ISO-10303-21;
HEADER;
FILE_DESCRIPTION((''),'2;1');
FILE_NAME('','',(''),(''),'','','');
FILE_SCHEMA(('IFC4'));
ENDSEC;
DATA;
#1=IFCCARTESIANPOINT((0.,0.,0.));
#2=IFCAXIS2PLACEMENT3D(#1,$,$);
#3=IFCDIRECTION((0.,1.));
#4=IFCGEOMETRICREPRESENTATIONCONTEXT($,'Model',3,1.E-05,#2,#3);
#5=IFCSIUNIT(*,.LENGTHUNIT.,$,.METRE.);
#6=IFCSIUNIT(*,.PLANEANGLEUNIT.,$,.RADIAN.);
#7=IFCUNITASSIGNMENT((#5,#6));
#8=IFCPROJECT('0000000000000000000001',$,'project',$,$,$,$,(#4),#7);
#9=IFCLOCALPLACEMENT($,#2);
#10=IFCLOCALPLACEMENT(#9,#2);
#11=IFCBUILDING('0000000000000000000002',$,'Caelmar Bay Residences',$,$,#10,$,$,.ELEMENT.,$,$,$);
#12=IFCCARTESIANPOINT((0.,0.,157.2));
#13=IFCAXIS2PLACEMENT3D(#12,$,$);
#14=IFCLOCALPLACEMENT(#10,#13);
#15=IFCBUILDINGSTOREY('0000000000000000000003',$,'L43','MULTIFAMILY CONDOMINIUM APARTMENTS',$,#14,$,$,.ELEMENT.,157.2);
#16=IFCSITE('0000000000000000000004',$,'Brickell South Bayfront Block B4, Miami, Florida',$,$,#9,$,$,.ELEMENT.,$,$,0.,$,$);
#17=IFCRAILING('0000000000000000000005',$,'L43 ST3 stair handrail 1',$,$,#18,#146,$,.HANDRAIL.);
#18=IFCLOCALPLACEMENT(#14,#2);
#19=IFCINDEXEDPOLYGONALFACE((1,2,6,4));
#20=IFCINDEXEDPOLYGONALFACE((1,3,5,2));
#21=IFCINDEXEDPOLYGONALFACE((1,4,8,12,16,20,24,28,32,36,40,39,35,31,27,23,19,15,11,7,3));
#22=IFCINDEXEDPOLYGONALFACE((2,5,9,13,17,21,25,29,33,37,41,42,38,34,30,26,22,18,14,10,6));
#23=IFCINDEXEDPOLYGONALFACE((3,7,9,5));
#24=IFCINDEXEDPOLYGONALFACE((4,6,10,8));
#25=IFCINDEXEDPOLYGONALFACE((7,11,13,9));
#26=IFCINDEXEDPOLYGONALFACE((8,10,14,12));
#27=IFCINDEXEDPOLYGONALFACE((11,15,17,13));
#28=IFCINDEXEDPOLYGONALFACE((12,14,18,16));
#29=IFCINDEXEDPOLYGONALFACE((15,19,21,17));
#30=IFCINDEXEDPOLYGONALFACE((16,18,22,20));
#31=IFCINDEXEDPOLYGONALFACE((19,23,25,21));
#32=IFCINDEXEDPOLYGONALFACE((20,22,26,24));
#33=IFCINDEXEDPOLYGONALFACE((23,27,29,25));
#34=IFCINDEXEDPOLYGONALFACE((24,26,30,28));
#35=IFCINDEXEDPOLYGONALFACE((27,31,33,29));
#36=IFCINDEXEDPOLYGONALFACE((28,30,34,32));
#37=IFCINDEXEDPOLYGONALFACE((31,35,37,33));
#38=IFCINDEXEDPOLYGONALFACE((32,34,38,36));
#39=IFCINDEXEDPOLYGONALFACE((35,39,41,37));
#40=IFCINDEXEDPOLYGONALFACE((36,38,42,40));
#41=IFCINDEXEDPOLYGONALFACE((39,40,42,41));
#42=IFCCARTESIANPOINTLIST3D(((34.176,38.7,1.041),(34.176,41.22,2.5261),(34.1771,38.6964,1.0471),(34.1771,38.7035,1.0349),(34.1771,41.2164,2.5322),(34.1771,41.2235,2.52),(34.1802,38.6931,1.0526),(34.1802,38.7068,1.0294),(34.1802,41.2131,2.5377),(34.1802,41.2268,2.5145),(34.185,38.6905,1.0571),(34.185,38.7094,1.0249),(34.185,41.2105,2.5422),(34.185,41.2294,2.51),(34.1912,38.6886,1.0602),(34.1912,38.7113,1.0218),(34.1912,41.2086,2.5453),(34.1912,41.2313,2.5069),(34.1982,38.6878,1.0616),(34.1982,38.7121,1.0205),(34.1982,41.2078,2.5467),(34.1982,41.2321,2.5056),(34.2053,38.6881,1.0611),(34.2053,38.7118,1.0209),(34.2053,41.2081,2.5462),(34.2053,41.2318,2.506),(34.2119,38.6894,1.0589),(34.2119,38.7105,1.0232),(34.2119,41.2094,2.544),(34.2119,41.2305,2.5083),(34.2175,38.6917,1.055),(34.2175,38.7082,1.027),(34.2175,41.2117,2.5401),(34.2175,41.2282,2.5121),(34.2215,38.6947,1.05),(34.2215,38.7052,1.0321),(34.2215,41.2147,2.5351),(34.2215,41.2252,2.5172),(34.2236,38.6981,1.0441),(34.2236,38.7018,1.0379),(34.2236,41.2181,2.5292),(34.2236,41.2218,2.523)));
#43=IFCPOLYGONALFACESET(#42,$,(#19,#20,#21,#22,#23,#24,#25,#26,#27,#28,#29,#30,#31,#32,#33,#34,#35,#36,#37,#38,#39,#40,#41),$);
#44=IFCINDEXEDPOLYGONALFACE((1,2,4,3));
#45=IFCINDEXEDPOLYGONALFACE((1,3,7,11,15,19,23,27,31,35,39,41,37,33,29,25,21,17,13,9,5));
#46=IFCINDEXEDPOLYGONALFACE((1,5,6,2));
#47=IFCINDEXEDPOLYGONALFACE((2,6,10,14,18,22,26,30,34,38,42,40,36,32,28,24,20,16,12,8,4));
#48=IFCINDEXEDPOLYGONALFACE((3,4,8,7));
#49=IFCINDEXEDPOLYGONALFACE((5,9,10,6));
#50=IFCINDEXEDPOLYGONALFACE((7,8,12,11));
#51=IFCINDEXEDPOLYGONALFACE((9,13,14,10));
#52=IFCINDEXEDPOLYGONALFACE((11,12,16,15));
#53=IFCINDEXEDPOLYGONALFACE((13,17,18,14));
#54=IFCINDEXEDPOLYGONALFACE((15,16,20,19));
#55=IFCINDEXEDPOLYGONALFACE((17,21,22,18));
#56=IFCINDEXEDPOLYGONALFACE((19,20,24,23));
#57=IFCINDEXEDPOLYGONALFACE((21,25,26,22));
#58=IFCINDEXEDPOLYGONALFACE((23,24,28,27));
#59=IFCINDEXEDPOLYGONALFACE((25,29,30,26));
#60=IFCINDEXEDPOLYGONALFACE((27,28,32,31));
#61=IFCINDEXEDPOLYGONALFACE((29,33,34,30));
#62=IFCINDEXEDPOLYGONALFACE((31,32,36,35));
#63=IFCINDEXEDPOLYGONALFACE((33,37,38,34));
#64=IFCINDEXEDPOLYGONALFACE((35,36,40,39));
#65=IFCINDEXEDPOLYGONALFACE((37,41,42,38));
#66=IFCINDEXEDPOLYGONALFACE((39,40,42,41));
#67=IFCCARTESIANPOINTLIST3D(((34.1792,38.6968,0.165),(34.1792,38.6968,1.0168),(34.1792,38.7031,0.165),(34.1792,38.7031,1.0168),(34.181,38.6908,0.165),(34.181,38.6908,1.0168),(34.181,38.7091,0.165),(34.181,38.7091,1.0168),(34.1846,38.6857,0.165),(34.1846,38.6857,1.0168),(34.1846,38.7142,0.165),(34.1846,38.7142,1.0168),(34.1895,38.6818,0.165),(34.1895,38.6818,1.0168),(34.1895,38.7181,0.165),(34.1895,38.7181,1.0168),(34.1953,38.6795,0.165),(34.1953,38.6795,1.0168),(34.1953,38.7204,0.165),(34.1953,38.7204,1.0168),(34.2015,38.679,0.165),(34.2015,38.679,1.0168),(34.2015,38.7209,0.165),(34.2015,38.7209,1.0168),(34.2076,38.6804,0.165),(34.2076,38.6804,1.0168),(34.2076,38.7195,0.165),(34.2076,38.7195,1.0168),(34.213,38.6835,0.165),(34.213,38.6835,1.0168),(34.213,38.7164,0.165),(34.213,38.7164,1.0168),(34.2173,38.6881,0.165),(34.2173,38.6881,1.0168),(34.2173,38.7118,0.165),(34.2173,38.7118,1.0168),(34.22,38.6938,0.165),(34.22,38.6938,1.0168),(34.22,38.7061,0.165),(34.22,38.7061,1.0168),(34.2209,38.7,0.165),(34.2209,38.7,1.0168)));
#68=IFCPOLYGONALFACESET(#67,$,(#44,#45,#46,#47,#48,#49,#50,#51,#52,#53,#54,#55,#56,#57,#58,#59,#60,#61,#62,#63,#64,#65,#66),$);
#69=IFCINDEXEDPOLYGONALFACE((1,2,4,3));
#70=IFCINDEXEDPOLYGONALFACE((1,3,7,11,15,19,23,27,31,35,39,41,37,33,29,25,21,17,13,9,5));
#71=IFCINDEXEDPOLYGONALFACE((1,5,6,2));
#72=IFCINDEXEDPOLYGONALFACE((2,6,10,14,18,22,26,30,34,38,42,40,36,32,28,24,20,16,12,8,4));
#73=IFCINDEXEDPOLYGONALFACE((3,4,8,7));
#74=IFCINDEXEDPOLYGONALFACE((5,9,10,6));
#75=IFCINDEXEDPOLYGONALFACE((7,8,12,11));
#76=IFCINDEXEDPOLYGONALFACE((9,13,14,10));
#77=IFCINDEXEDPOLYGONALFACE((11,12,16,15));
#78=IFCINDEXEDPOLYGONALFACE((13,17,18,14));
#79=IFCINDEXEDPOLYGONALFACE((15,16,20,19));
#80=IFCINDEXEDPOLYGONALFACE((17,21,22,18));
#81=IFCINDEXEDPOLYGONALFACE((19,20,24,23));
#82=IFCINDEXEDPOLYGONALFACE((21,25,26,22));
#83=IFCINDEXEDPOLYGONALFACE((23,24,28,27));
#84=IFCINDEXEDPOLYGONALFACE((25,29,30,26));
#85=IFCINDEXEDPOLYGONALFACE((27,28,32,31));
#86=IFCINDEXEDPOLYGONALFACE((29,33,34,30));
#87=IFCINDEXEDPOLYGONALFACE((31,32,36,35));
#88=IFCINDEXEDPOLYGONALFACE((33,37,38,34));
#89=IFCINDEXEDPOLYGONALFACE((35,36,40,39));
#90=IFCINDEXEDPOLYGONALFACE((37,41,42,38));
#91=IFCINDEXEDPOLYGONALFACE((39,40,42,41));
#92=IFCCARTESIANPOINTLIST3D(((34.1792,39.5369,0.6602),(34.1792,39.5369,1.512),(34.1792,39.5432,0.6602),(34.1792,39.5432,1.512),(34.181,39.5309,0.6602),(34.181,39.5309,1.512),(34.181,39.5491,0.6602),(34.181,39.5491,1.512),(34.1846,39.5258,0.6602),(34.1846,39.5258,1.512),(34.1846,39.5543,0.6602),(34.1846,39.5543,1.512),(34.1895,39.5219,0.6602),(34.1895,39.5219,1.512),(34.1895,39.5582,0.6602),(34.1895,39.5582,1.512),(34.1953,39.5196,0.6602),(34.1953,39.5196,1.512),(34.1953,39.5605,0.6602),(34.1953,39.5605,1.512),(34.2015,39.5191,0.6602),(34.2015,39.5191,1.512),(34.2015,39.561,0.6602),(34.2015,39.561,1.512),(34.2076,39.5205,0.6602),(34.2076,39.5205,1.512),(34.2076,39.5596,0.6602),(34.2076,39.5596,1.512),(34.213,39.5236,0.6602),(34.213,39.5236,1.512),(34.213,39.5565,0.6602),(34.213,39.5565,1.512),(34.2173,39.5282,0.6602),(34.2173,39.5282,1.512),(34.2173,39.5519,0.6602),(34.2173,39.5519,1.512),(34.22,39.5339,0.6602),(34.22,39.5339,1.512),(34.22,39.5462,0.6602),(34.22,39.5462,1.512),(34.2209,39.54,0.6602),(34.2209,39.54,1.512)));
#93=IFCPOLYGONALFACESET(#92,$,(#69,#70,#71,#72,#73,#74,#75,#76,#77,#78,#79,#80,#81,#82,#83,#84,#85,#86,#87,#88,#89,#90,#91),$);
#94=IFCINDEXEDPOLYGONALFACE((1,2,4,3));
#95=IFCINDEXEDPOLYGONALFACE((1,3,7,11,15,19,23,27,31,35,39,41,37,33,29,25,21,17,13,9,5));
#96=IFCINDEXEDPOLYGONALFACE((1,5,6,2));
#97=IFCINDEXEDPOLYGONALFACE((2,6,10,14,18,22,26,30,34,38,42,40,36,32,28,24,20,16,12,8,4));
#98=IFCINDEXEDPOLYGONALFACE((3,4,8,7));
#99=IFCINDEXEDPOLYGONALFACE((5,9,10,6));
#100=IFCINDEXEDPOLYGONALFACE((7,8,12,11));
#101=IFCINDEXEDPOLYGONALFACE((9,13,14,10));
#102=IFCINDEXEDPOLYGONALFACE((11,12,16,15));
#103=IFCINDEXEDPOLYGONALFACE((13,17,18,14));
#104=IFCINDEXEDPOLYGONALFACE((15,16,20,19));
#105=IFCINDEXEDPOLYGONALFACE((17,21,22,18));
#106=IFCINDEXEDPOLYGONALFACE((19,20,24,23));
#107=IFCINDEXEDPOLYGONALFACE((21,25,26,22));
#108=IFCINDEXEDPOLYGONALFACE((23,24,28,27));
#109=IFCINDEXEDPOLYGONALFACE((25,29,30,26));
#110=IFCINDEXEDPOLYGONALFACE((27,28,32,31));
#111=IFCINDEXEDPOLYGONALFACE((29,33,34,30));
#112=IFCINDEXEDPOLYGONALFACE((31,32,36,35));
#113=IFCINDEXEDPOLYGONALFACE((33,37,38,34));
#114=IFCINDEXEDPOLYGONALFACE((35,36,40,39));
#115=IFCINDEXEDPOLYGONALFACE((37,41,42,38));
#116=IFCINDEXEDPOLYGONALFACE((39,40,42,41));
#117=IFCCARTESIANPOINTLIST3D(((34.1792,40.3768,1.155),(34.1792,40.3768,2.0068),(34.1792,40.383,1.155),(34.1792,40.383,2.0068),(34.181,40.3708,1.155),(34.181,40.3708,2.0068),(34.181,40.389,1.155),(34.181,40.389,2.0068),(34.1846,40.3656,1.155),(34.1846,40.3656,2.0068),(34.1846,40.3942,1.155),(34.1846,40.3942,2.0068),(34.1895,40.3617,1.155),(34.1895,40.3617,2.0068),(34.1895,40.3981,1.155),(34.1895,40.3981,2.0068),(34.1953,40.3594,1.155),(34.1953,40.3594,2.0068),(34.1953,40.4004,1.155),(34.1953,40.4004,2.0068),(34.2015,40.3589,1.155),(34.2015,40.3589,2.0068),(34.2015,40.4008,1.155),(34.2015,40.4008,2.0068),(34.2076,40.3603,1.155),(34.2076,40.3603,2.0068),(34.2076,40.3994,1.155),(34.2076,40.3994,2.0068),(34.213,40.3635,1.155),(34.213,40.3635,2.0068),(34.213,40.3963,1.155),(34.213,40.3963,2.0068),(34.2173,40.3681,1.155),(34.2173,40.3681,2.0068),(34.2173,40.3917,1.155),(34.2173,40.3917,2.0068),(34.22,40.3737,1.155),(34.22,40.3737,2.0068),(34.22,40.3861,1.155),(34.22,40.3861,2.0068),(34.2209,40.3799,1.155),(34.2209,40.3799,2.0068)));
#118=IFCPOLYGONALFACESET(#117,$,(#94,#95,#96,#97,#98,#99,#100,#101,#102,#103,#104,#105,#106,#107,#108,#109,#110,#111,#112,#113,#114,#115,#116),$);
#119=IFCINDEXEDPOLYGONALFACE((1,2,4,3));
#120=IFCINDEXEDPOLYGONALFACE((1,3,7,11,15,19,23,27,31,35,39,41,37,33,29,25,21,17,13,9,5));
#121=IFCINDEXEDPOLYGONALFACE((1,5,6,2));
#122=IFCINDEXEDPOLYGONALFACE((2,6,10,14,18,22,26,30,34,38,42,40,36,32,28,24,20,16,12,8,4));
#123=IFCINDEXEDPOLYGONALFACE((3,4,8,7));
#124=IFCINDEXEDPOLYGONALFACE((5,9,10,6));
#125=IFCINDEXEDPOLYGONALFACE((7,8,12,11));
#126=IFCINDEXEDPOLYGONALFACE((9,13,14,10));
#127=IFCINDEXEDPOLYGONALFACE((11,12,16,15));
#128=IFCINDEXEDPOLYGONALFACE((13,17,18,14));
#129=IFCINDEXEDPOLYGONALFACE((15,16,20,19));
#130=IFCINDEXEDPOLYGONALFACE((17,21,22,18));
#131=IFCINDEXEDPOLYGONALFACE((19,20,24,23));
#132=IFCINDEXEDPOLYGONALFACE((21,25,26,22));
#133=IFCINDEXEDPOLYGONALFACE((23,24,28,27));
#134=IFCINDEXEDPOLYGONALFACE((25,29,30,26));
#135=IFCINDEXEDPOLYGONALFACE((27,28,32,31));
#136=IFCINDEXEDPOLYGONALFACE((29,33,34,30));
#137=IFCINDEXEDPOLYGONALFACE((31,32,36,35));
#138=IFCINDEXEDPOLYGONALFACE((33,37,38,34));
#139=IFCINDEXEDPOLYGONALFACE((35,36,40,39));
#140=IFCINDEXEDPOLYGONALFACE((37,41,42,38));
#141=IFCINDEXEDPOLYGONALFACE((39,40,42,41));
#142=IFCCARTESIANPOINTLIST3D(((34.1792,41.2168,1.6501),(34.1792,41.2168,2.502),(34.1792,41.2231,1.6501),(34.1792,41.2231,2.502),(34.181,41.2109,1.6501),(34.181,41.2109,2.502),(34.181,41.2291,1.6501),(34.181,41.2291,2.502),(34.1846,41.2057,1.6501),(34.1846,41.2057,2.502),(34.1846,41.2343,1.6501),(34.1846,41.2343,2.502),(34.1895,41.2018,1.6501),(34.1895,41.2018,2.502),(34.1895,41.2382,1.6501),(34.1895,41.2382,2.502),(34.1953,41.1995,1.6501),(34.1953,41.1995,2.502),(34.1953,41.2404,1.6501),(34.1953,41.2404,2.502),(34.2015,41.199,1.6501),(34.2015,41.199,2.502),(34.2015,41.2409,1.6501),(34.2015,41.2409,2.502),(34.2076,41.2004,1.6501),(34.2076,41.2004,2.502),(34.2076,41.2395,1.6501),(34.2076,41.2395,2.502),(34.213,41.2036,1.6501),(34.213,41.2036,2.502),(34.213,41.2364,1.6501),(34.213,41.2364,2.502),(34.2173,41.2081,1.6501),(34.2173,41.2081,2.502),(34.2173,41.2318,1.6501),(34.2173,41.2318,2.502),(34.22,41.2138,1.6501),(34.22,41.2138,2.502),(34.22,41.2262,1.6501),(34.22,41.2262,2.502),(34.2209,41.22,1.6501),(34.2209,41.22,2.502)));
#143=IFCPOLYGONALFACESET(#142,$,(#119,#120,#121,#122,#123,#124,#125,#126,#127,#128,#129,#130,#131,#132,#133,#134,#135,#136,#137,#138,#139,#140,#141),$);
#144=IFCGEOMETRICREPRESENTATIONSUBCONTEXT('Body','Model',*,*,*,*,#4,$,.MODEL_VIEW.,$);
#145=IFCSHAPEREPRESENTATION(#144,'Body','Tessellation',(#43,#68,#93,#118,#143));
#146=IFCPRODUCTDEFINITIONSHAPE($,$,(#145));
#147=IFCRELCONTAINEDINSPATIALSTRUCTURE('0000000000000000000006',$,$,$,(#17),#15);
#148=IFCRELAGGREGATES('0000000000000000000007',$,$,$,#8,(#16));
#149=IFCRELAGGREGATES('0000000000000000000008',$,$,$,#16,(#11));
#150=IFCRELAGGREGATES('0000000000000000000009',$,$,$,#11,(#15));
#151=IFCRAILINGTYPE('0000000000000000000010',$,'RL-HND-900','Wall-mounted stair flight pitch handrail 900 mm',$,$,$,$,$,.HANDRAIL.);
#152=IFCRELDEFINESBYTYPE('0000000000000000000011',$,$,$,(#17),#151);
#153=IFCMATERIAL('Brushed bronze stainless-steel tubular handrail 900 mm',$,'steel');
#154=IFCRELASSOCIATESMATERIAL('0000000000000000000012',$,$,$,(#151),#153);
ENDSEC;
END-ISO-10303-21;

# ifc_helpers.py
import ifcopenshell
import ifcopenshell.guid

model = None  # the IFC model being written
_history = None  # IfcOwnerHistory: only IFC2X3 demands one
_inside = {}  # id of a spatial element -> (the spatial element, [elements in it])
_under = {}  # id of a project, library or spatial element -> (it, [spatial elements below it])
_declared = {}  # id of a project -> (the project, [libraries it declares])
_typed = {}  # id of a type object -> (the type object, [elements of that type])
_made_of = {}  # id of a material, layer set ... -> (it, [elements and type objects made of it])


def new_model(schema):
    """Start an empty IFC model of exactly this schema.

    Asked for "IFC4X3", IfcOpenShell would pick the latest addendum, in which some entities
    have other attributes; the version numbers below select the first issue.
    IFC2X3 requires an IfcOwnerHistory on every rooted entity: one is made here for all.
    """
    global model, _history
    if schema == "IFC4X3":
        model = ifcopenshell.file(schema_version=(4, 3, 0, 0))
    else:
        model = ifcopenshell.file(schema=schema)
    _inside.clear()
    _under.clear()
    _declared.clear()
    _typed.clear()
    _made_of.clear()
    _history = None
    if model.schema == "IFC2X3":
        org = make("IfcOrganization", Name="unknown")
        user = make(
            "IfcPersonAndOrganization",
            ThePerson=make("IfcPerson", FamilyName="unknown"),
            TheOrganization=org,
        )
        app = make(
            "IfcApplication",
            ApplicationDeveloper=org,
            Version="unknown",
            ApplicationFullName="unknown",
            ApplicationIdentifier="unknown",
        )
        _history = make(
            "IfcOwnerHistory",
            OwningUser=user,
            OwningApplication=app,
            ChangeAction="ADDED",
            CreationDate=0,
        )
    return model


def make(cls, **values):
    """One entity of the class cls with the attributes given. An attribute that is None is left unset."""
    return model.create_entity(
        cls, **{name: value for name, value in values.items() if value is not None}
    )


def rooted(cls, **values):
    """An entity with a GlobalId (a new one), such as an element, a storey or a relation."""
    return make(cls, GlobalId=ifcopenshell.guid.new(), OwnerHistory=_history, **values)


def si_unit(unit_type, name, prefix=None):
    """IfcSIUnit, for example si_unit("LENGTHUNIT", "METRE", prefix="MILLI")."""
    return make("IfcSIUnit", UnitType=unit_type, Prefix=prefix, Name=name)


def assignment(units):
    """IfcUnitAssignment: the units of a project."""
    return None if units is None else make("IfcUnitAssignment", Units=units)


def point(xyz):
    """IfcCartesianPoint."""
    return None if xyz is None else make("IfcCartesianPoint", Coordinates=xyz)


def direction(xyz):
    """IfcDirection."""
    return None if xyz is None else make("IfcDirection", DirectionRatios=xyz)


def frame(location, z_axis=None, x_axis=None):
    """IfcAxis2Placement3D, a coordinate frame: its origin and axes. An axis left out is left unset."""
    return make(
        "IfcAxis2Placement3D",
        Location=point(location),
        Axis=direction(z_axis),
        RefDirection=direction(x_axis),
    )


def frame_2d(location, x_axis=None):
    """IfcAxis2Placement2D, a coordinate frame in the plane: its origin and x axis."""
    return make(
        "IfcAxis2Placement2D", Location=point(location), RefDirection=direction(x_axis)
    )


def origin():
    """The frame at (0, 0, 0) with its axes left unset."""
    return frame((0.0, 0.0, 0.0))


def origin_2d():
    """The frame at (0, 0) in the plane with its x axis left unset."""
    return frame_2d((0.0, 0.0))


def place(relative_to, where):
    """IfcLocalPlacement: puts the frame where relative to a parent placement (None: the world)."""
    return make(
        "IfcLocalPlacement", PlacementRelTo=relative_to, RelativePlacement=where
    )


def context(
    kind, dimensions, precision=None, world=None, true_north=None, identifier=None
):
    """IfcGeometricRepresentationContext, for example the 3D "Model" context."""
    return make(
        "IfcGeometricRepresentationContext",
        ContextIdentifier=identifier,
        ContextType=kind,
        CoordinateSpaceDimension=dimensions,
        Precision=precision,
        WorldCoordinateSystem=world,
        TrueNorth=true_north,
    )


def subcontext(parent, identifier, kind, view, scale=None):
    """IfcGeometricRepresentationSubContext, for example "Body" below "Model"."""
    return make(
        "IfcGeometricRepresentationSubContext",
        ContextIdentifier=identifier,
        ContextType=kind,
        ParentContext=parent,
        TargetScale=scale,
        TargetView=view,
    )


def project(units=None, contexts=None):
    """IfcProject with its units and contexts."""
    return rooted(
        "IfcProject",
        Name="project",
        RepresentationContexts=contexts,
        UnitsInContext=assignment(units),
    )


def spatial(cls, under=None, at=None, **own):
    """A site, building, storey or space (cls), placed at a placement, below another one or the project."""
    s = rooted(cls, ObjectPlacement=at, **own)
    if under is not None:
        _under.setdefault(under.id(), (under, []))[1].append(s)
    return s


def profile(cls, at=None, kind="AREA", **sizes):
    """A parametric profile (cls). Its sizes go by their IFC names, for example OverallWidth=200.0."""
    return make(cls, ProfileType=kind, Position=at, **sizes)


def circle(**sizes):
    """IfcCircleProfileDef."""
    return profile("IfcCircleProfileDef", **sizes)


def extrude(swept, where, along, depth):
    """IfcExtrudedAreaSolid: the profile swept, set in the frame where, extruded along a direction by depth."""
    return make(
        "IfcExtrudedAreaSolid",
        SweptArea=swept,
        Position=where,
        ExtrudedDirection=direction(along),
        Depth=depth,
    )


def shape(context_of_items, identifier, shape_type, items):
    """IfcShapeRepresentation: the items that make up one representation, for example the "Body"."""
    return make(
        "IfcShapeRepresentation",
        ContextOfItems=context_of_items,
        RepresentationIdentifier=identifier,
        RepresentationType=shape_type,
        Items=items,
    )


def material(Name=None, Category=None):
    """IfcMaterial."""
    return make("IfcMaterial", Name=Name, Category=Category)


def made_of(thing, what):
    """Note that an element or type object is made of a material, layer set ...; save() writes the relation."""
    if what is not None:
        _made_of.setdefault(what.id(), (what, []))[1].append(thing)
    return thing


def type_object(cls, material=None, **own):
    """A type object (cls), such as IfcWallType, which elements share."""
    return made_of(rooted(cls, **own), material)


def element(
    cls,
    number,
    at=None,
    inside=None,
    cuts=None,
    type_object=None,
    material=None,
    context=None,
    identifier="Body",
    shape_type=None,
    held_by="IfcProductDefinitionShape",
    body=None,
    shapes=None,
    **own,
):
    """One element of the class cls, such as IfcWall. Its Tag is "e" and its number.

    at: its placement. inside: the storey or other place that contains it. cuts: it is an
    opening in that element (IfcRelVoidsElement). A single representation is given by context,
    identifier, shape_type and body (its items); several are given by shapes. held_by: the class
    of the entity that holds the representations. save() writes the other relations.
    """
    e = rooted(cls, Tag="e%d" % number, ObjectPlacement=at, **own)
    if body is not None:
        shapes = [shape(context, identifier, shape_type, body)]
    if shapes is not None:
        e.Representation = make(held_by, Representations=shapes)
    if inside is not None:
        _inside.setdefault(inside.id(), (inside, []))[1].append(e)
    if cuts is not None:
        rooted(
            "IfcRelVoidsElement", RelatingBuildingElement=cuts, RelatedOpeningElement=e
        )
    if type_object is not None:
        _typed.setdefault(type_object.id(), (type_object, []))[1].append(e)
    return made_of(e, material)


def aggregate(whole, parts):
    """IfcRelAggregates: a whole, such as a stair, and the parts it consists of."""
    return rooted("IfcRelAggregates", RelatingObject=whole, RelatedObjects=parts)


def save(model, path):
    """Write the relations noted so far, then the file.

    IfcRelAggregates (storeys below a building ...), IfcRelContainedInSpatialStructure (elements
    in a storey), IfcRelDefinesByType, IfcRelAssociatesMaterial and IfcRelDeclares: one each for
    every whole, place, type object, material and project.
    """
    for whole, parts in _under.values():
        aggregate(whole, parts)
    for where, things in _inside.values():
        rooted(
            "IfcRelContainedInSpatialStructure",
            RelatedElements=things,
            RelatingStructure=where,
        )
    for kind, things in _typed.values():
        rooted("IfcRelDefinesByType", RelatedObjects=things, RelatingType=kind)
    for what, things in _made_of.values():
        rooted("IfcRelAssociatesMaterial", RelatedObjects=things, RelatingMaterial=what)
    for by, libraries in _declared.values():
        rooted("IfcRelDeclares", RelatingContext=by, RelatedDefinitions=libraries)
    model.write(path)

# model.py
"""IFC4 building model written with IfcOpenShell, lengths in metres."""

from ifc_helpers import new_model, si_unit, direction, frame, origin, origin_2d, place, context, subcontext, project, spatial, circle, extrude, material, type_object, element, save


model = new_model("IFC4")

# Units and contexts
model_context = context("Model", 3, precision=1e-05, world=origin(), true_north=direction((0.0, 1.0)))
body_context = subcontext(model_context, "Body", "Model", "MODEL_VIEW")
ifc_project = project(units=[si_unit("LENGTHUNIT", "METRE"), si_unit("PLANEANGLEUNIT", "RADIAN")], contexts=[model_context])

# Site, building, storey
site_placement = place(None, origin())
site = spatial("IfcSite", under=ifc_project, at=site_placement, Name="Brickell South Bayfront Block B4, Miami, Florida", CompositionType="ELEMENT", RefElevation=0.0)
building_placement = place(site_placement, origin())
building = spatial("IfcBuilding", under=site, at=building_placement, Name="Caelmar Bay Residences", CompositionType="ELEMENT")
storey_placement = place(building_placement, frame((0.0, 0.0, 157.2)))
storey = spatial("IfcBuildingStorey", under=building, at=storey_placement, Name="L43", Description="MULTIFAMILY CONDOMINIUM APARTMENTS", CompositionType="ELEMENT", Elevation=157.2)

# Railing
ifc_material_1 = material(Name="Brushed bronze stainless-steel tubular handrail 900 mm", Category="steel")
railing_type_1 = type_object("IfcRailingType", Name="RL-HND-900", Description="Wall-mounted stair flight pitch handrail 900 mm", PredefinedType="HANDRAIL", material=ifc_material_1)
railing_1_placement = place(storey_placement, frame((34.2, 38.7, 0.165)))
element("IfcRailing", 1, at=railing_1_placement, inside=storey, type_object=railing_type_1, Name="L43 ST3 stair handrail 1", PredefinedType="HANDRAIL", context=body_context, shape_type="SweptSolid", body=[
    extrude(circle(Radius=0.0239, at=origin_2d()), frame((0.0, 0.0, 0.876), z_axis=(0.0, 0.861524, 0.507717), x_axis=(-1.0, 0.0, 0.0)), (0.0, 0.0, 1.0), 2.925),
    extrude(circle(Radius=0.021, at=origin_2d()), origin(), (0.0, 0.0, 1.0), 0.8518),
    extrude(circle(Radius=0.021, at=origin_2d()), frame((0.0, 0.8401, 0.4951)), (0.0, 0.0, 1.0), 0.8518),
    extrude(circle(Radius=0.021, at=origin_2d()), frame((0.0, 1.6799, 0.99)), (0.0, 0.0, 1.0), 0.8518),
    extrude(circle(Radius=0.021, at=origin_2d()), frame((0.0, 2.52, 1.4851)), (0.0, 0.0, 1.0), 0.8518),
])

save(model, "model.ifc")
